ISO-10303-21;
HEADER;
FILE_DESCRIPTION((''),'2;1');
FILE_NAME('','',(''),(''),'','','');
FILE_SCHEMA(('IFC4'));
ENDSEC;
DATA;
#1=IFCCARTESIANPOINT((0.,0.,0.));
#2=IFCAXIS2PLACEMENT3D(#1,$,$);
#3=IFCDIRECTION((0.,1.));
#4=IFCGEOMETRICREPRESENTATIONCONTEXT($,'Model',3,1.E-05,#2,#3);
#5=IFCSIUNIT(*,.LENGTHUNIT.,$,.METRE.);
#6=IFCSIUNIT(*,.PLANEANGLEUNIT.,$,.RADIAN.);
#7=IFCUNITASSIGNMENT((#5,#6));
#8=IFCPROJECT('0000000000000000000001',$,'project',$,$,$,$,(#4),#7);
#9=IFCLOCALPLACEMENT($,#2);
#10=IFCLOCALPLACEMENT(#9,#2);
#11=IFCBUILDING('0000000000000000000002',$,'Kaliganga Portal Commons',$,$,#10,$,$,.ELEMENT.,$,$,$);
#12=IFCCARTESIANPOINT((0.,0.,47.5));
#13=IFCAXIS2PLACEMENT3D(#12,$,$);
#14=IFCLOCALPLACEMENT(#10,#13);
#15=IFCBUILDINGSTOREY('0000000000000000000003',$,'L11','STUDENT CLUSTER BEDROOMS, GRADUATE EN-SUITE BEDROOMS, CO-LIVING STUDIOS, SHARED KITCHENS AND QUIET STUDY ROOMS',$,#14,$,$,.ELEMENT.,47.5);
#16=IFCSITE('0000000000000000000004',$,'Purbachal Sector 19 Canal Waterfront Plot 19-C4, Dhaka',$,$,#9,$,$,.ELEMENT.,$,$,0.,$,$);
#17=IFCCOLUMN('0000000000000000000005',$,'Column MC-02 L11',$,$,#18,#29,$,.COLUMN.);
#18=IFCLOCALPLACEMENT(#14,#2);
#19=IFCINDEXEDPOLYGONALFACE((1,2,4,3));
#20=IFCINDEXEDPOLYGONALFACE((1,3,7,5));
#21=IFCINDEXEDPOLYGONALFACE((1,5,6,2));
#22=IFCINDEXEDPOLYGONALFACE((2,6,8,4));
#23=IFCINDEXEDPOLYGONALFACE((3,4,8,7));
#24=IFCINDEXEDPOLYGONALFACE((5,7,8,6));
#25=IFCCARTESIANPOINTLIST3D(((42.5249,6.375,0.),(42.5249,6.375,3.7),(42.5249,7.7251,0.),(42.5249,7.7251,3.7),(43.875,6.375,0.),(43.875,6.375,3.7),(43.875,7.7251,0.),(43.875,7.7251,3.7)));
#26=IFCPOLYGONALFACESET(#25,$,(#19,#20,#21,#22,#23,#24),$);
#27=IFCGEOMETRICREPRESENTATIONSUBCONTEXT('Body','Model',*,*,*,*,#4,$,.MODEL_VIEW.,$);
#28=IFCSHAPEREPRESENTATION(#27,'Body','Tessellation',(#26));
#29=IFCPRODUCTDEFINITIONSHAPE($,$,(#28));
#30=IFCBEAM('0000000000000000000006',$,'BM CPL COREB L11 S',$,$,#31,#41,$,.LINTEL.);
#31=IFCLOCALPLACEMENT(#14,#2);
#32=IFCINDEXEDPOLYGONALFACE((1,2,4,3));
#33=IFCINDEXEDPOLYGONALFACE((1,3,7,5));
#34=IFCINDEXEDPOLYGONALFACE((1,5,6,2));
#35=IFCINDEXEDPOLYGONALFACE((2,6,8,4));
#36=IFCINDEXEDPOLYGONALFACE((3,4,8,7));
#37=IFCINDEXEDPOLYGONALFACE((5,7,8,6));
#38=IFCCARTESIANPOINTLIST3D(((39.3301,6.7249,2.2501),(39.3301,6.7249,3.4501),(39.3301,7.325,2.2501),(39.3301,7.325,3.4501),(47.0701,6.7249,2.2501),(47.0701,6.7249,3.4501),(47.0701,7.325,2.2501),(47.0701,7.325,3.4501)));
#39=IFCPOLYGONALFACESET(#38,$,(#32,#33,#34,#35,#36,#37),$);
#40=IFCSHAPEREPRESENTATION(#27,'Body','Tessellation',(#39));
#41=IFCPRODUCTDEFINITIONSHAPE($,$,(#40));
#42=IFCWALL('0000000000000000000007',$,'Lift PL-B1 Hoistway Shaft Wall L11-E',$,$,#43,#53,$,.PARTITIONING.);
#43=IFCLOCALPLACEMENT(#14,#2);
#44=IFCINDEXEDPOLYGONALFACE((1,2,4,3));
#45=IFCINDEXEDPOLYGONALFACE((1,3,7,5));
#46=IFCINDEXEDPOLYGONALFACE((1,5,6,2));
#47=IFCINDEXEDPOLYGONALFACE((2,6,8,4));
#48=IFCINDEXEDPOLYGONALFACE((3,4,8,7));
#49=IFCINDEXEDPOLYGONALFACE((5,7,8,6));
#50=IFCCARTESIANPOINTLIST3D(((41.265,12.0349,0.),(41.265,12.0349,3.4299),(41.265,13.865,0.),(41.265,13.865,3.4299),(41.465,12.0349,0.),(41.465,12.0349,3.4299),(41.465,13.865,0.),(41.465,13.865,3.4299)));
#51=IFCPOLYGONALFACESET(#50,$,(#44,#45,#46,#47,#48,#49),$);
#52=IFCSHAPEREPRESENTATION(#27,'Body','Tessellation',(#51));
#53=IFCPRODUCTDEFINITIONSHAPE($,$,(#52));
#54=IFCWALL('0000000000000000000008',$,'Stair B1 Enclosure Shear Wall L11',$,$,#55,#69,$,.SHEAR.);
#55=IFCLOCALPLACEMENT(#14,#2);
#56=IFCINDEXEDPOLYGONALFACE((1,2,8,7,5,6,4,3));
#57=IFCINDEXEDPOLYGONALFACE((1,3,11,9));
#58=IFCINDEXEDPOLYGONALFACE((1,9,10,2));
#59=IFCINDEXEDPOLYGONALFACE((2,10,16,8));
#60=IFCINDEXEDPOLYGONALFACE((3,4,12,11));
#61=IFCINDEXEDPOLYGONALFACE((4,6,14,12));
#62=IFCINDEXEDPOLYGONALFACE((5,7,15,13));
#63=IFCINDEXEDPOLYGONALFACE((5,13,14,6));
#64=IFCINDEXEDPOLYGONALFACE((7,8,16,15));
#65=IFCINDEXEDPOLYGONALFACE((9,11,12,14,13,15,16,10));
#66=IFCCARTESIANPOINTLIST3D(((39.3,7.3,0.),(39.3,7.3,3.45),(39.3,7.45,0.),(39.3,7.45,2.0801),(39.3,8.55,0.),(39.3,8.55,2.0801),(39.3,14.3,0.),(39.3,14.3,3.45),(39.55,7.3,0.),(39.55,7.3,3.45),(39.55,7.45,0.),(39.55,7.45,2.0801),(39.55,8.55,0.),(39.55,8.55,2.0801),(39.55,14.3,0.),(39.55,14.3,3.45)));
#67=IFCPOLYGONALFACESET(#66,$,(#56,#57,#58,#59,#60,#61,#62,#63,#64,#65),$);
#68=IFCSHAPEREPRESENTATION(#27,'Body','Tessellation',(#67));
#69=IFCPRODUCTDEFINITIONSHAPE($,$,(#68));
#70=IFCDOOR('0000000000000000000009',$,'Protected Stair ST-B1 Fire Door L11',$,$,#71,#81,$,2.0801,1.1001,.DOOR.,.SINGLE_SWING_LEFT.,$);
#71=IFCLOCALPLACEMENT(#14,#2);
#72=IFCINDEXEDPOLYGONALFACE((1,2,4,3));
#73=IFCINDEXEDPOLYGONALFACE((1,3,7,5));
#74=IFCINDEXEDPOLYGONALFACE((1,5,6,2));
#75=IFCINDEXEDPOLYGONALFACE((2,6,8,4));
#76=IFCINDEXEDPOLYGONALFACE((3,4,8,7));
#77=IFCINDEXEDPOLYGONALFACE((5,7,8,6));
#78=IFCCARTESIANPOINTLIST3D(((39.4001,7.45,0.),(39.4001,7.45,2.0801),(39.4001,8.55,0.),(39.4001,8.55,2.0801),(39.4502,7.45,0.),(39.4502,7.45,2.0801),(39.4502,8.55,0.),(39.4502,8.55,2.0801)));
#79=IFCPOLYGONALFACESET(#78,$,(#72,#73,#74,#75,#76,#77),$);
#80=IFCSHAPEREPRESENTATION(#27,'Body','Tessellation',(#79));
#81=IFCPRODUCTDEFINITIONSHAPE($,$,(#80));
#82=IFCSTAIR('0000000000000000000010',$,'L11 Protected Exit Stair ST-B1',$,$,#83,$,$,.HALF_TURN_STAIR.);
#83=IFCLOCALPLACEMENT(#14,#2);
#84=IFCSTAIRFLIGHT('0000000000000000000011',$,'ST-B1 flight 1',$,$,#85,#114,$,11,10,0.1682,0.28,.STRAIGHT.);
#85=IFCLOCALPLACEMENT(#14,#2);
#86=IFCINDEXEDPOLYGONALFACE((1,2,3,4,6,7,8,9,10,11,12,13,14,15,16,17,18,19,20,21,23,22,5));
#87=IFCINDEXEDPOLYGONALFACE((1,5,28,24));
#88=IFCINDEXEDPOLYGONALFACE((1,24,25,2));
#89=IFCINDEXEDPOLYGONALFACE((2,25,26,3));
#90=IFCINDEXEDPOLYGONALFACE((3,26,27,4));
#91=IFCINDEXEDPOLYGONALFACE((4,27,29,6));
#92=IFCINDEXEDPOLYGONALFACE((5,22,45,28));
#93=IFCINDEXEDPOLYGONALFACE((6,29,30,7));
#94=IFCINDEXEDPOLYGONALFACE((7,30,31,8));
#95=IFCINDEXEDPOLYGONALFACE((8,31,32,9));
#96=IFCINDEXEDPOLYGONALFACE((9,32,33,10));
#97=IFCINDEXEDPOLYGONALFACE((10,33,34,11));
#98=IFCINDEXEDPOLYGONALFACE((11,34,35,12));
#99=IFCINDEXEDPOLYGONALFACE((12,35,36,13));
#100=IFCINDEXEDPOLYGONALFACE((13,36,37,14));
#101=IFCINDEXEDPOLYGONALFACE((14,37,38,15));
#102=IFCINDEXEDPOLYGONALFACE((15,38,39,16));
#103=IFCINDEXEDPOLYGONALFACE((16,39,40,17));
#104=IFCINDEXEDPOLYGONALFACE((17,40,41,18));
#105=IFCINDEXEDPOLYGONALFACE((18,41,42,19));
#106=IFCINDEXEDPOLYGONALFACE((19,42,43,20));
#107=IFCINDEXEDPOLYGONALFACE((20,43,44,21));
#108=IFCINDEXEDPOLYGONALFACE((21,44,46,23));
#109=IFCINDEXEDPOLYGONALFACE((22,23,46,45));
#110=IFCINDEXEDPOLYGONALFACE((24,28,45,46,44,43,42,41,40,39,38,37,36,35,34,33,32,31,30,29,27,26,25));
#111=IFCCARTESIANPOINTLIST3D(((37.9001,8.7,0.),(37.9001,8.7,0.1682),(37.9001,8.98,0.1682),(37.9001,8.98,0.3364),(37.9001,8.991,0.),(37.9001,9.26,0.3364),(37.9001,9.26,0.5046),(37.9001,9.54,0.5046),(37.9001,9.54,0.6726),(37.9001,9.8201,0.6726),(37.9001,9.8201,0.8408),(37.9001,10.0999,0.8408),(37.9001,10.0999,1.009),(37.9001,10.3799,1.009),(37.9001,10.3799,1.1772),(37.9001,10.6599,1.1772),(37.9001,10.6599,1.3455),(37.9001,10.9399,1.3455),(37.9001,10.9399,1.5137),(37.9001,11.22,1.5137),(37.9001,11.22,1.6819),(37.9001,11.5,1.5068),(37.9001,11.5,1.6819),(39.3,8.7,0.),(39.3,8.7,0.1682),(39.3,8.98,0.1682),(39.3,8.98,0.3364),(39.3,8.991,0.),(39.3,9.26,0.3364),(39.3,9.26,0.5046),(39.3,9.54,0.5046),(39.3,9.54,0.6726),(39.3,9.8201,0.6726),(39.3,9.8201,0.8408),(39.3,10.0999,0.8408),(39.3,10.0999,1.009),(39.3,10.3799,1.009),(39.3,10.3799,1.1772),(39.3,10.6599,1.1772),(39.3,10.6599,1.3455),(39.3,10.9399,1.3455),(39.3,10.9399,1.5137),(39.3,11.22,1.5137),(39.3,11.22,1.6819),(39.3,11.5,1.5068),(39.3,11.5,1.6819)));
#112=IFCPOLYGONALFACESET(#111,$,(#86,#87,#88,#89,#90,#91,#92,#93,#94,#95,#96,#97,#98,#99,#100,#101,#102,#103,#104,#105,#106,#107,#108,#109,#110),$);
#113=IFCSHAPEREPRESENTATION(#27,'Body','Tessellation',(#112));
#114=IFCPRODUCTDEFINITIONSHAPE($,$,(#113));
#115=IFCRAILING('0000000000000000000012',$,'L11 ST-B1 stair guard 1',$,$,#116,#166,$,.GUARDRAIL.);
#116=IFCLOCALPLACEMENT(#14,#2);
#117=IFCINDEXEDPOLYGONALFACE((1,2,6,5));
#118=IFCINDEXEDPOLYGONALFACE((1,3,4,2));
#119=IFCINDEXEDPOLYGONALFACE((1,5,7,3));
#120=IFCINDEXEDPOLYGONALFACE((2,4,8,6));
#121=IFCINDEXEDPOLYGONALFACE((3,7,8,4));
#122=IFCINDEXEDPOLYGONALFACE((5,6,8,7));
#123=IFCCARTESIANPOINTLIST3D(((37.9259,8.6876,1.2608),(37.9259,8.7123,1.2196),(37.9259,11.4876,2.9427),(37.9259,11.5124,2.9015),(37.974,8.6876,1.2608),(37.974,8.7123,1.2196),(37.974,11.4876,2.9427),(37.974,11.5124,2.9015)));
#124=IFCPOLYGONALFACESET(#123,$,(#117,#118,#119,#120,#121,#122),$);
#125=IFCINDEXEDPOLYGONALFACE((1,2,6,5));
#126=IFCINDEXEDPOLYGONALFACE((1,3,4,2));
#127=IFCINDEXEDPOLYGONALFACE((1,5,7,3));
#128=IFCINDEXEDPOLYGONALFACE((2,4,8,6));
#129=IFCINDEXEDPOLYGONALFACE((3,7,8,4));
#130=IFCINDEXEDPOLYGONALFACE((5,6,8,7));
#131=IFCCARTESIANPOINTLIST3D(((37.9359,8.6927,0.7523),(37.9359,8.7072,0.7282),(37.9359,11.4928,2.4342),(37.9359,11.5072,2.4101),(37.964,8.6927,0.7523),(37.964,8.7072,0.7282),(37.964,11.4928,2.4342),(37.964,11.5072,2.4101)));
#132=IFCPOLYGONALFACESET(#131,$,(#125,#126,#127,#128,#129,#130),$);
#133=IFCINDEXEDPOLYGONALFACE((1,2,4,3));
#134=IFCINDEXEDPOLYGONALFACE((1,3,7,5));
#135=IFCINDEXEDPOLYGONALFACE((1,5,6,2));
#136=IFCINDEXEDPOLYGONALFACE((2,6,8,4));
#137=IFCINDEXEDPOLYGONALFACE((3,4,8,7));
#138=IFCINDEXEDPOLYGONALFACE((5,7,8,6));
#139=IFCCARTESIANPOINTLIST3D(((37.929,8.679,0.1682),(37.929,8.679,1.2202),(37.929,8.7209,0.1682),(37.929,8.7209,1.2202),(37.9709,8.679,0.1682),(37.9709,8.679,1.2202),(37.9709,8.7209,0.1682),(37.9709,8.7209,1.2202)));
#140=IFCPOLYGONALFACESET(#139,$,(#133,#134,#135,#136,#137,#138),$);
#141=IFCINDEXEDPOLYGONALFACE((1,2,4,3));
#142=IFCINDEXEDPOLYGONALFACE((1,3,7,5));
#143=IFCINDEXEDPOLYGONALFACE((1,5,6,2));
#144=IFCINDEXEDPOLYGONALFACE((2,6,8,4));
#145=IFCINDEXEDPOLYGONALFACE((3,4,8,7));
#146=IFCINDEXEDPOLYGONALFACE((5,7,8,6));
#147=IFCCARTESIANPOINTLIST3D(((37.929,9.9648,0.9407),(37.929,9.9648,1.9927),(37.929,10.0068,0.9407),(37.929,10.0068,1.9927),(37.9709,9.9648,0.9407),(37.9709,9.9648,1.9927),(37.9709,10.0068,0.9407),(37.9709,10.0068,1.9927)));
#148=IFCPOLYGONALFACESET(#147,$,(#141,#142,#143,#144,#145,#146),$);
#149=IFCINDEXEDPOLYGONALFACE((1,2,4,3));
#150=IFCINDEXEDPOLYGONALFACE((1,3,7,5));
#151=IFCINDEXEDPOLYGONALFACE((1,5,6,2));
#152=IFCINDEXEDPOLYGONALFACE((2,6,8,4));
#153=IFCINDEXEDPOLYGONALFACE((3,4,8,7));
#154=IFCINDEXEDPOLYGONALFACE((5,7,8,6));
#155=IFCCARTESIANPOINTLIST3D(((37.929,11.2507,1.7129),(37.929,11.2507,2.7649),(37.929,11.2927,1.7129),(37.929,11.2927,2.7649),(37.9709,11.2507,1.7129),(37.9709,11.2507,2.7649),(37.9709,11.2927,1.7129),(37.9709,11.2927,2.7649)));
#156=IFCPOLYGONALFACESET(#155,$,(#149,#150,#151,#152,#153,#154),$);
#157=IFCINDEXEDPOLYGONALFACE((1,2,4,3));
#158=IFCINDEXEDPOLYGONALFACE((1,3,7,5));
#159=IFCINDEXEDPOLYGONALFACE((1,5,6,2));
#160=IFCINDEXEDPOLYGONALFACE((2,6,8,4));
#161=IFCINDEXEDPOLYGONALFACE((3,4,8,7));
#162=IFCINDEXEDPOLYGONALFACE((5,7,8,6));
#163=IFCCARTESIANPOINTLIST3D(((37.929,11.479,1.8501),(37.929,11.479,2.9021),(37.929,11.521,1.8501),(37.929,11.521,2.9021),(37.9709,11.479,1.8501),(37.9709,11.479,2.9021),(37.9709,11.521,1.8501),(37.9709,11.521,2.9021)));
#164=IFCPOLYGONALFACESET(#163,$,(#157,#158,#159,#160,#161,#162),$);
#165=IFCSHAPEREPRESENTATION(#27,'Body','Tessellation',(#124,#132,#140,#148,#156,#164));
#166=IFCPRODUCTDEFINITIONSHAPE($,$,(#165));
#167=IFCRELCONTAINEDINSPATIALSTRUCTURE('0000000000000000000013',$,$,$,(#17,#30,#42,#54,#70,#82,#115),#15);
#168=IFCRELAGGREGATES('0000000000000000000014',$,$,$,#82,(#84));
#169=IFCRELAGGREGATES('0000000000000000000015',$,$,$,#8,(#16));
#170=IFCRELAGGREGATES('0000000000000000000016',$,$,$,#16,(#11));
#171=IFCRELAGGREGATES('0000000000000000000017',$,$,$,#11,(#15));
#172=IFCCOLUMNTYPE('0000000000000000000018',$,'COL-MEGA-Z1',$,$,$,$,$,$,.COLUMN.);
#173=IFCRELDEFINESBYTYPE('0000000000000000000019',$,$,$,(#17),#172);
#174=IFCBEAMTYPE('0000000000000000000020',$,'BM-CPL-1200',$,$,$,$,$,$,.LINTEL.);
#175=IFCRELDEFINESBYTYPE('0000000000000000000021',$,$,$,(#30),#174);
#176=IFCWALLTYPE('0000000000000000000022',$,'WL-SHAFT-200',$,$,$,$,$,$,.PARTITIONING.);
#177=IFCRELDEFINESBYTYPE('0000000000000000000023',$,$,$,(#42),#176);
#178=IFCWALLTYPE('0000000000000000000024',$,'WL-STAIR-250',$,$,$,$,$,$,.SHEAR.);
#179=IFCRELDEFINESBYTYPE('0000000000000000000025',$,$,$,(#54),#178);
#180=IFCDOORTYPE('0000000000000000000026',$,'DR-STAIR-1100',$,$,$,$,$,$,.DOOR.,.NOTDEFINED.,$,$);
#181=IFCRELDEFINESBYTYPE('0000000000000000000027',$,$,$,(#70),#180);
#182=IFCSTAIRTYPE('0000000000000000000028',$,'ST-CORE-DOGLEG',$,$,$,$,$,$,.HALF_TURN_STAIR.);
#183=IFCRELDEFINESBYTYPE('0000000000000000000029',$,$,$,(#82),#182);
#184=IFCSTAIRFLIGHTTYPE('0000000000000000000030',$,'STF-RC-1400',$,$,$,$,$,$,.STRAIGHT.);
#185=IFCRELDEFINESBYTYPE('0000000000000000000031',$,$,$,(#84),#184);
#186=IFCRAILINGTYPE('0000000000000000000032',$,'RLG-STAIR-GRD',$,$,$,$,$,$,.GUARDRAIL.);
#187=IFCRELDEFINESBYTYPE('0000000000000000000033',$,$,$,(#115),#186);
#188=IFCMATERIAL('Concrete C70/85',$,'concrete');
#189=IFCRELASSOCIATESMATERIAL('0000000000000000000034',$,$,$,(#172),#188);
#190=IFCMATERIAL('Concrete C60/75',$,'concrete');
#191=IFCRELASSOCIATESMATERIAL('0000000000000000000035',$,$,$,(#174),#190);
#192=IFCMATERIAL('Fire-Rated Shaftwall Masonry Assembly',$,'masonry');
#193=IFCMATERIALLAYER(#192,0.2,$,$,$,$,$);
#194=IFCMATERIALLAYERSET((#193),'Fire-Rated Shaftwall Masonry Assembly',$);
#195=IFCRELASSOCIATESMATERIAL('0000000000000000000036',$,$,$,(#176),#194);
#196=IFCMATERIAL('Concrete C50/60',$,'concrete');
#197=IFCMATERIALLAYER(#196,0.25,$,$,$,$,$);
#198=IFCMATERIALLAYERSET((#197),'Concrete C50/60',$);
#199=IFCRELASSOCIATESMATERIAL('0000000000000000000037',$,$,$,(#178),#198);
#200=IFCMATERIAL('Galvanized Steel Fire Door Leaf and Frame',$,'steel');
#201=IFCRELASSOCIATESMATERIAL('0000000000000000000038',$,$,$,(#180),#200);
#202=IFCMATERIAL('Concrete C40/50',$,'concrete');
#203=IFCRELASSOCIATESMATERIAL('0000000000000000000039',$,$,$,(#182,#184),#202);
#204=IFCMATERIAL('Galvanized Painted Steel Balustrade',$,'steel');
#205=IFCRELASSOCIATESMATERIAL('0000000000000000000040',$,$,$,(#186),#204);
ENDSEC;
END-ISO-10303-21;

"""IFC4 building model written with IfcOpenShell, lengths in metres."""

from ifc_helpers import new_model, si_unit, direction, frame, frame_2d, origin, origin_2d, place, context, subcontext, project, spatial, polyline, rectangle, outline, extrude, source, transform, mapped, material, layer, layer_set, material_profile, profile_set, type_object, element, fill, aggregate, save


model = new_model("IFC4")

# Units and contexts
model_context = context("Model", 3, precision=1e-05, world=origin(), true_north=direction((0.0, 1.0)))
body_context = subcontext(model_context, "Body", "Model", "MODEL_VIEW")
ifc_project = project(units=[si_unit("LENGTHUNIT", "METRE"), si_unit("PLANEANGLEUNIT", "RADIAN")], contexts=[model_context])

# Site, building, storey
site_placement = place(None, origin())
site = spatial("IfcSite", under=ifc_project, at=site_placement, Name="Purbachal Sector 19 Canal Waterfront Plot 19-C4, Dhaka", CompositionType="ELEMENT", RefElevation=0.0)
building_placement = place(site_placement, origin())
building = spatial("IfcBuilding", under=site, at=building_placement, Name="Kaliganga Portal Commons", CompositionType="ELEMENT")
storey_placement = place(building_placement, frame((0.0, 0.0, 47.5)))
storey = spatial("IfcBuildingStorey", under=building, at=storey_placement, Name="L11", Description="STUDENT CLUSTER BEDROOMS, GRADUATE EN-SUITE BEDROOMS, CO-LIVING STUDIOS, SHARED KITCHENS AND QUIET STUDY ROOMS", CompositionType="ELEMENT", Elevation=47.5)

# Column
ifc_material_1 = material(Name="Concrete C70/85", Category="concrete")
ifc_material_profile_1 = material_profile(ifc_material_1, rectangle(XDim=1.3501, YDim=1.3501, at=origin_2d()), Name="RC 1350x1350")
ifc_profile_set_1 = profile_set([ifc_material_profile_1], Name="Concrete C70/85")
column_type = type_object("IfcColumnType", Name="COL-MEGA-Z1", PredefinedType="COLUMN", material=ifc_profile_set_1)
shared_shape_1 = source(origin(), body_context, "Body", "SweptSolid", [
    extrude(rectangle(XDim=1.3501, YDim=1.3501, at=origin_2d()), origin(), (0.0, 0.0, 1.0), 3.7),
])
column_placement = place(storey_placement, frame((43.2, 7.05, 0.0), z_axis=(0.0, 0.0, 1.0), x_axis=(1.0, 0.0, 0.0)))
element("IfcColumn", 1, at=column_placement, inside=storey, type_object=column_type, Name="Column MC-02 L11", PredefinedType="COLUMN", context=body_context, shape_type="MappedRepresentation", body=[
    mapped(shared_shape_1, transform((0.0, 0.0, 0.0), x_axis=(1.0, 0.0, 0.0), y_axis=(0.0, 1.0, 0.0), z_axis=(0.0, 0.0, 1.0), scale=1.0)),
])

# Beam
ifc_material_2 = material(Name="Concrete C60/75", Category="concrete")
ifc_material_profile_2 = material_profile(ifc_material_2, rectangle(XDim=0.6001, YDim=1.2, at=origin_2d()), Name="RC 600x1200")
ifc_profile_set_2 = profile_set([ifc_material_profile_2], Name="Concrete C60/75")
beam_type = type_object("IfcBeamType", Name="BM-CPL-1200", PredefinedType="LINTEL", material=ifc_profile_set_2)
shared_shape_2 = source(origin(), body_context, "Body", "SweptSolid", [
    extrude(rectangle(XDim=0.6001, YDim=1.2, at=origin_2d()), origin(), (0.0, 0.0, 1.0), 7.74),
])
beam_placement = place(storey_placement, frame((39.3301, 7.0249, 2.8501), z_axis=(1.0, 0.0, 0.0), x_axis=(0.0, 1.0, 0.0)))
element("IfcBeam", 2, at=beam_placement, inside=storey, type_object=beam_type, Name="BM CPL COREB L11 S", PredefinedType="LINTEL", context=body_context, shape_type="MappedRepresentation", body=[
    mapped(shared_shape_2, transform((0.0, 0.0, 0.0), x_axis=(1.0, 0.0, 0.0), y_axis=(0.0, 1.0, 0.0), z_axis=(0.0, 0.0, 1.0), scale=1.0)),
])

# Shared definitions
ifc_material_3 = material(Name="Fire-Rated Shaftwall Masonry Assembly", Category="masonry")
ifc_layer_1 = layer(ifc_material_3, 0.2)
ifc_layer_set_1 = layer_set([ifc_layer_1], Name="Fire-Rated Shaftwall Masonry Assembly")
wall_type_1 = type_object("IfcWallType", Name="WL-SHAFT-200", PredefinedType="PARTITIONING", material=ifc_layer_set_1)

# Wall
wall_1_placement = place(storey_placement, frame((41.365, 12.0349, 0.0), z_axis=(0.0, 0.0, 1.0), x_axis=(0.0, 1.0, 0.0)))
element("IfcWall", 3, at=wall_1_placement, inside=storey, type_object=wall_type_1, Name="Lift PL-B1 Hoistway Shaft Wall L11-E", PredefinedType="PARTITIONING", context=body_context, shape_type="SweptSolid", body=[
    extrude(rectangle(XDim=1.8301, YDim=0.2, at=frame_2d((0.915, 0.0))), origin(), (0.0, 0.0, 1.0), 3.4299),
])

# Wall, opening, door
ifc_material_4 = material(Name="Concrete C50/60", Category="concrete")
ifc_layer_2 = layer(ifc_material_4, 0.25)
ifc_layer_set_2 = layer_set([ifc_layer_2], Name="Concrete C50/60")
wall_type_2 = type_object("IfcWallType", Name="WL-STAIR-250", PredefinedType="SHEAR", material=ifc_layer_set_2)
wall_2_placement = place(storey_placement, frame((39.425, 7.3, 0.0), z_axis=(0.0, 0.0, 1.0), x_axis=(0.0, 1.0, 0.0)))
wall_2 = element("IfcWall", 4, at=wall_2_placement, inside=storey, type_object=wall_type_2, Name="Stair B1 Enclosure Shear Wall L11", PredefinedType="SHEAR", context=body_context, shape_type="SweptSolid", body=[
    extrude(rectangle(XDim=7.0, YDim=0.25, at=frame_2d((3.5, 0.0))), origin(), (0.0, 0.0, 1.0), 3.45),
])
opening_1_placement = place(wall_2_placement, frame((0.1499, 0.0, 0.0)))
opening_1 = element("IfcOpeningElement", 5, at=opening_1_placement, cuts=wall_2, PredefinedType="OPENING", context=body_context, shape_type="SweptSolid", body=[
    extrude(rectangle(XDim=1.1001, YDim=2.0801, at=frame_2d((0.55, 1.04))), frame((0.0, 0.135, 0.0), z_axis=(0.0, -1.0, 0.0), x_axis=(1.0, 0.0, 0.0)), (0.0, 0.0, 1.0), 0.27),
])
ifc_material_5 = material(Name="Galvanized Steel Fire Door Leaf and Frame", Category="steel")
door_type_1 = type_object("IfcDoorType", Name="DR-STAIR-1100", OperationType="NOTDEFINED", PredefinedType="DOOR", material=ifc_material_5)
door_1_placement = place(opening_1_placement, origin())
door_1 = element("IfcDoor", 6, at=door_1_placement, inside=storey, type_object=door_type_1, Name="Protected Stair ST-B1 Fire Door L11", OperationType="SINGLE_SWING_LEFT", OverallHeight=2.0801, OverallWidth=1.1001, PredefinedType="DOOR", context=body_context, shape_type="SweptSolid", body=[
    extrude(rectangle(XDim=1.1001, YDim=2.0801, at=frame_2d((0.55, 1.04))), frame((0.0, 0.0249, 0.0), z_axis=(0.0, -1.0, 0.0), x_axis=(1.0, 0.0, 0.0)), (0.0, 0.0, 1.0), 0.05),
])
fill(opening_1, door_1)

# Stair, stair flight
ifc_material_6 = material(Name="Concrete C40/50", Category="concrete")
stair_type = type_object("IfcStairType", Name="ST-CORE-DOGLEG", PredefinedType="HALF_TURN_STAIR", material=ifc_material_6)
stair_placement = place(storey_placement, origin())
stair = element("IfcStair", 7, at=stair_placement, inside=storey, type_object=stair_type, Name="L11 Protected Exit Stair ST-B1", PredefinedType="HALF_TURN_STAIR")
stair_flight_type = type_object("IfcStairFlightType", Name="STF-RC-1400", PredefinedType="STRAIGHT", material=ifc_material_6)
stair_flight_placement = place(storey_placement, frame((38.6001, 8.7, 0.0), z_axis=(0.0, 0.0, 1.0), x_axis=(0.0, 1.0, 0.0)))
stair_flight = element("IfcStairFlight", 8, at=stair_flight_placement, type_object=stair_flight_type, Name="ST-B1 flight 1", NumberOfRisers=11, NumberOfTreads=10, PredefinedType="STRAIGHT", RiserHeight=0.1682, TreadLength=0.28, context=body_context, shape_type="SweptSolid", body=[
    extrude(outline(polyline([(0.0, 0.0), (0.0, 0.1682), (0.28, 0.1682), (0.28, 0.3364), (0.5601, 0.3364), (0.5601, 0.5046), (0.8401, 0.5046), (0.8401, 0.6726), (1.1201, 0.6726), (1.1201, 0.8408), (1.3999, 0.8408), (1.3999, 1.009), (1.6799, 1.009), (1.6799, 1.1772), (1.96, 1.1772), (1.96, 1.3455), (2.24, 1.3455), (2.24, 1.5137), (2.52, 1.5137), (2.52, 1.6819), (2.8, 1.6819), (2.8, 1.8501), (2.8, 1.5068), (0.291, 0.0), (0.0, 0.0)])), frame((0.0, 0.7, 0.0), z_axis=(0.0, -1.0, 0.0), x_axis=(1.0, 0.0, 0.0)), (0.0, 0.0, 1.0), 1.3999),
])
aggregate(stair, [stair_flight])

# Railing
ifc_material_7 = material(Name="Galvanized Painted Steel Balustrade", Category="steel")
railing_type_1 = type_object("IfcRailingType", Name="RLG-STAIR-GRD", PredefinedType="GUARDRAIL", material=ifc_material_7)
railing_1_placement = place(storey_placement, frame((37.95, 8.7, 0.1682)))
element("IfcRailing", 9, at=railing_1_placement, inside=storey, type_object=railing_type_1, Name="L11 ST-B1 stair guard 1", PredefinedType="GUARDRAIL", context=body_context, shape_type="SweptSolid", body=[
    extrude(rectangle(XDim=0.0481, YDim=0.0481, at=origin_2d()), frame((0.0, 0.0, 1.072), z_axis=(0.0, 0.857242, 0.514913), x_axis=(-1.0, 0.0, 0.0)), (0.0, 0.0, 1.0), 3.2664),
    extrude(rectangle(XDim=0.0281, YDim=0.0281, at=origin_2d()), frame((0.0, 0.0, 0.572), z_axis=(0.0, 0.857242, 0.514913), x_axis=(-1.0, 0.0, 0.0)), (0.0, 0.0, 1.0), 3.2664),
    extrude(rectangle(XDim=0.042, YDim=0.042, at=origin_2d()), origin(), (0.0, 0.0, 1.0), 1.052),
    extrude(rectangle(XDim=0.042, YDim=0.042, at=origin_2d()), frame((0.0, 1.2859, 0.7725)), (0.0, 0.0, 1.0), 1.052),
    extrude(rectangle(XDim=0.042, YDim=0.042, at=origin_2d()), frame((0.0, 2.5718, 1.5447)), (0.0, 0.0, 1.0), 1.052),
    extrude(rectangle(XDim=0.042, YDim=0.042, at=origin_2d()), frame((0.0, 2.8, 1.6819)), (0.0, 0.0, 1.0), 1.052),
])

save(model, "model.ifc")
